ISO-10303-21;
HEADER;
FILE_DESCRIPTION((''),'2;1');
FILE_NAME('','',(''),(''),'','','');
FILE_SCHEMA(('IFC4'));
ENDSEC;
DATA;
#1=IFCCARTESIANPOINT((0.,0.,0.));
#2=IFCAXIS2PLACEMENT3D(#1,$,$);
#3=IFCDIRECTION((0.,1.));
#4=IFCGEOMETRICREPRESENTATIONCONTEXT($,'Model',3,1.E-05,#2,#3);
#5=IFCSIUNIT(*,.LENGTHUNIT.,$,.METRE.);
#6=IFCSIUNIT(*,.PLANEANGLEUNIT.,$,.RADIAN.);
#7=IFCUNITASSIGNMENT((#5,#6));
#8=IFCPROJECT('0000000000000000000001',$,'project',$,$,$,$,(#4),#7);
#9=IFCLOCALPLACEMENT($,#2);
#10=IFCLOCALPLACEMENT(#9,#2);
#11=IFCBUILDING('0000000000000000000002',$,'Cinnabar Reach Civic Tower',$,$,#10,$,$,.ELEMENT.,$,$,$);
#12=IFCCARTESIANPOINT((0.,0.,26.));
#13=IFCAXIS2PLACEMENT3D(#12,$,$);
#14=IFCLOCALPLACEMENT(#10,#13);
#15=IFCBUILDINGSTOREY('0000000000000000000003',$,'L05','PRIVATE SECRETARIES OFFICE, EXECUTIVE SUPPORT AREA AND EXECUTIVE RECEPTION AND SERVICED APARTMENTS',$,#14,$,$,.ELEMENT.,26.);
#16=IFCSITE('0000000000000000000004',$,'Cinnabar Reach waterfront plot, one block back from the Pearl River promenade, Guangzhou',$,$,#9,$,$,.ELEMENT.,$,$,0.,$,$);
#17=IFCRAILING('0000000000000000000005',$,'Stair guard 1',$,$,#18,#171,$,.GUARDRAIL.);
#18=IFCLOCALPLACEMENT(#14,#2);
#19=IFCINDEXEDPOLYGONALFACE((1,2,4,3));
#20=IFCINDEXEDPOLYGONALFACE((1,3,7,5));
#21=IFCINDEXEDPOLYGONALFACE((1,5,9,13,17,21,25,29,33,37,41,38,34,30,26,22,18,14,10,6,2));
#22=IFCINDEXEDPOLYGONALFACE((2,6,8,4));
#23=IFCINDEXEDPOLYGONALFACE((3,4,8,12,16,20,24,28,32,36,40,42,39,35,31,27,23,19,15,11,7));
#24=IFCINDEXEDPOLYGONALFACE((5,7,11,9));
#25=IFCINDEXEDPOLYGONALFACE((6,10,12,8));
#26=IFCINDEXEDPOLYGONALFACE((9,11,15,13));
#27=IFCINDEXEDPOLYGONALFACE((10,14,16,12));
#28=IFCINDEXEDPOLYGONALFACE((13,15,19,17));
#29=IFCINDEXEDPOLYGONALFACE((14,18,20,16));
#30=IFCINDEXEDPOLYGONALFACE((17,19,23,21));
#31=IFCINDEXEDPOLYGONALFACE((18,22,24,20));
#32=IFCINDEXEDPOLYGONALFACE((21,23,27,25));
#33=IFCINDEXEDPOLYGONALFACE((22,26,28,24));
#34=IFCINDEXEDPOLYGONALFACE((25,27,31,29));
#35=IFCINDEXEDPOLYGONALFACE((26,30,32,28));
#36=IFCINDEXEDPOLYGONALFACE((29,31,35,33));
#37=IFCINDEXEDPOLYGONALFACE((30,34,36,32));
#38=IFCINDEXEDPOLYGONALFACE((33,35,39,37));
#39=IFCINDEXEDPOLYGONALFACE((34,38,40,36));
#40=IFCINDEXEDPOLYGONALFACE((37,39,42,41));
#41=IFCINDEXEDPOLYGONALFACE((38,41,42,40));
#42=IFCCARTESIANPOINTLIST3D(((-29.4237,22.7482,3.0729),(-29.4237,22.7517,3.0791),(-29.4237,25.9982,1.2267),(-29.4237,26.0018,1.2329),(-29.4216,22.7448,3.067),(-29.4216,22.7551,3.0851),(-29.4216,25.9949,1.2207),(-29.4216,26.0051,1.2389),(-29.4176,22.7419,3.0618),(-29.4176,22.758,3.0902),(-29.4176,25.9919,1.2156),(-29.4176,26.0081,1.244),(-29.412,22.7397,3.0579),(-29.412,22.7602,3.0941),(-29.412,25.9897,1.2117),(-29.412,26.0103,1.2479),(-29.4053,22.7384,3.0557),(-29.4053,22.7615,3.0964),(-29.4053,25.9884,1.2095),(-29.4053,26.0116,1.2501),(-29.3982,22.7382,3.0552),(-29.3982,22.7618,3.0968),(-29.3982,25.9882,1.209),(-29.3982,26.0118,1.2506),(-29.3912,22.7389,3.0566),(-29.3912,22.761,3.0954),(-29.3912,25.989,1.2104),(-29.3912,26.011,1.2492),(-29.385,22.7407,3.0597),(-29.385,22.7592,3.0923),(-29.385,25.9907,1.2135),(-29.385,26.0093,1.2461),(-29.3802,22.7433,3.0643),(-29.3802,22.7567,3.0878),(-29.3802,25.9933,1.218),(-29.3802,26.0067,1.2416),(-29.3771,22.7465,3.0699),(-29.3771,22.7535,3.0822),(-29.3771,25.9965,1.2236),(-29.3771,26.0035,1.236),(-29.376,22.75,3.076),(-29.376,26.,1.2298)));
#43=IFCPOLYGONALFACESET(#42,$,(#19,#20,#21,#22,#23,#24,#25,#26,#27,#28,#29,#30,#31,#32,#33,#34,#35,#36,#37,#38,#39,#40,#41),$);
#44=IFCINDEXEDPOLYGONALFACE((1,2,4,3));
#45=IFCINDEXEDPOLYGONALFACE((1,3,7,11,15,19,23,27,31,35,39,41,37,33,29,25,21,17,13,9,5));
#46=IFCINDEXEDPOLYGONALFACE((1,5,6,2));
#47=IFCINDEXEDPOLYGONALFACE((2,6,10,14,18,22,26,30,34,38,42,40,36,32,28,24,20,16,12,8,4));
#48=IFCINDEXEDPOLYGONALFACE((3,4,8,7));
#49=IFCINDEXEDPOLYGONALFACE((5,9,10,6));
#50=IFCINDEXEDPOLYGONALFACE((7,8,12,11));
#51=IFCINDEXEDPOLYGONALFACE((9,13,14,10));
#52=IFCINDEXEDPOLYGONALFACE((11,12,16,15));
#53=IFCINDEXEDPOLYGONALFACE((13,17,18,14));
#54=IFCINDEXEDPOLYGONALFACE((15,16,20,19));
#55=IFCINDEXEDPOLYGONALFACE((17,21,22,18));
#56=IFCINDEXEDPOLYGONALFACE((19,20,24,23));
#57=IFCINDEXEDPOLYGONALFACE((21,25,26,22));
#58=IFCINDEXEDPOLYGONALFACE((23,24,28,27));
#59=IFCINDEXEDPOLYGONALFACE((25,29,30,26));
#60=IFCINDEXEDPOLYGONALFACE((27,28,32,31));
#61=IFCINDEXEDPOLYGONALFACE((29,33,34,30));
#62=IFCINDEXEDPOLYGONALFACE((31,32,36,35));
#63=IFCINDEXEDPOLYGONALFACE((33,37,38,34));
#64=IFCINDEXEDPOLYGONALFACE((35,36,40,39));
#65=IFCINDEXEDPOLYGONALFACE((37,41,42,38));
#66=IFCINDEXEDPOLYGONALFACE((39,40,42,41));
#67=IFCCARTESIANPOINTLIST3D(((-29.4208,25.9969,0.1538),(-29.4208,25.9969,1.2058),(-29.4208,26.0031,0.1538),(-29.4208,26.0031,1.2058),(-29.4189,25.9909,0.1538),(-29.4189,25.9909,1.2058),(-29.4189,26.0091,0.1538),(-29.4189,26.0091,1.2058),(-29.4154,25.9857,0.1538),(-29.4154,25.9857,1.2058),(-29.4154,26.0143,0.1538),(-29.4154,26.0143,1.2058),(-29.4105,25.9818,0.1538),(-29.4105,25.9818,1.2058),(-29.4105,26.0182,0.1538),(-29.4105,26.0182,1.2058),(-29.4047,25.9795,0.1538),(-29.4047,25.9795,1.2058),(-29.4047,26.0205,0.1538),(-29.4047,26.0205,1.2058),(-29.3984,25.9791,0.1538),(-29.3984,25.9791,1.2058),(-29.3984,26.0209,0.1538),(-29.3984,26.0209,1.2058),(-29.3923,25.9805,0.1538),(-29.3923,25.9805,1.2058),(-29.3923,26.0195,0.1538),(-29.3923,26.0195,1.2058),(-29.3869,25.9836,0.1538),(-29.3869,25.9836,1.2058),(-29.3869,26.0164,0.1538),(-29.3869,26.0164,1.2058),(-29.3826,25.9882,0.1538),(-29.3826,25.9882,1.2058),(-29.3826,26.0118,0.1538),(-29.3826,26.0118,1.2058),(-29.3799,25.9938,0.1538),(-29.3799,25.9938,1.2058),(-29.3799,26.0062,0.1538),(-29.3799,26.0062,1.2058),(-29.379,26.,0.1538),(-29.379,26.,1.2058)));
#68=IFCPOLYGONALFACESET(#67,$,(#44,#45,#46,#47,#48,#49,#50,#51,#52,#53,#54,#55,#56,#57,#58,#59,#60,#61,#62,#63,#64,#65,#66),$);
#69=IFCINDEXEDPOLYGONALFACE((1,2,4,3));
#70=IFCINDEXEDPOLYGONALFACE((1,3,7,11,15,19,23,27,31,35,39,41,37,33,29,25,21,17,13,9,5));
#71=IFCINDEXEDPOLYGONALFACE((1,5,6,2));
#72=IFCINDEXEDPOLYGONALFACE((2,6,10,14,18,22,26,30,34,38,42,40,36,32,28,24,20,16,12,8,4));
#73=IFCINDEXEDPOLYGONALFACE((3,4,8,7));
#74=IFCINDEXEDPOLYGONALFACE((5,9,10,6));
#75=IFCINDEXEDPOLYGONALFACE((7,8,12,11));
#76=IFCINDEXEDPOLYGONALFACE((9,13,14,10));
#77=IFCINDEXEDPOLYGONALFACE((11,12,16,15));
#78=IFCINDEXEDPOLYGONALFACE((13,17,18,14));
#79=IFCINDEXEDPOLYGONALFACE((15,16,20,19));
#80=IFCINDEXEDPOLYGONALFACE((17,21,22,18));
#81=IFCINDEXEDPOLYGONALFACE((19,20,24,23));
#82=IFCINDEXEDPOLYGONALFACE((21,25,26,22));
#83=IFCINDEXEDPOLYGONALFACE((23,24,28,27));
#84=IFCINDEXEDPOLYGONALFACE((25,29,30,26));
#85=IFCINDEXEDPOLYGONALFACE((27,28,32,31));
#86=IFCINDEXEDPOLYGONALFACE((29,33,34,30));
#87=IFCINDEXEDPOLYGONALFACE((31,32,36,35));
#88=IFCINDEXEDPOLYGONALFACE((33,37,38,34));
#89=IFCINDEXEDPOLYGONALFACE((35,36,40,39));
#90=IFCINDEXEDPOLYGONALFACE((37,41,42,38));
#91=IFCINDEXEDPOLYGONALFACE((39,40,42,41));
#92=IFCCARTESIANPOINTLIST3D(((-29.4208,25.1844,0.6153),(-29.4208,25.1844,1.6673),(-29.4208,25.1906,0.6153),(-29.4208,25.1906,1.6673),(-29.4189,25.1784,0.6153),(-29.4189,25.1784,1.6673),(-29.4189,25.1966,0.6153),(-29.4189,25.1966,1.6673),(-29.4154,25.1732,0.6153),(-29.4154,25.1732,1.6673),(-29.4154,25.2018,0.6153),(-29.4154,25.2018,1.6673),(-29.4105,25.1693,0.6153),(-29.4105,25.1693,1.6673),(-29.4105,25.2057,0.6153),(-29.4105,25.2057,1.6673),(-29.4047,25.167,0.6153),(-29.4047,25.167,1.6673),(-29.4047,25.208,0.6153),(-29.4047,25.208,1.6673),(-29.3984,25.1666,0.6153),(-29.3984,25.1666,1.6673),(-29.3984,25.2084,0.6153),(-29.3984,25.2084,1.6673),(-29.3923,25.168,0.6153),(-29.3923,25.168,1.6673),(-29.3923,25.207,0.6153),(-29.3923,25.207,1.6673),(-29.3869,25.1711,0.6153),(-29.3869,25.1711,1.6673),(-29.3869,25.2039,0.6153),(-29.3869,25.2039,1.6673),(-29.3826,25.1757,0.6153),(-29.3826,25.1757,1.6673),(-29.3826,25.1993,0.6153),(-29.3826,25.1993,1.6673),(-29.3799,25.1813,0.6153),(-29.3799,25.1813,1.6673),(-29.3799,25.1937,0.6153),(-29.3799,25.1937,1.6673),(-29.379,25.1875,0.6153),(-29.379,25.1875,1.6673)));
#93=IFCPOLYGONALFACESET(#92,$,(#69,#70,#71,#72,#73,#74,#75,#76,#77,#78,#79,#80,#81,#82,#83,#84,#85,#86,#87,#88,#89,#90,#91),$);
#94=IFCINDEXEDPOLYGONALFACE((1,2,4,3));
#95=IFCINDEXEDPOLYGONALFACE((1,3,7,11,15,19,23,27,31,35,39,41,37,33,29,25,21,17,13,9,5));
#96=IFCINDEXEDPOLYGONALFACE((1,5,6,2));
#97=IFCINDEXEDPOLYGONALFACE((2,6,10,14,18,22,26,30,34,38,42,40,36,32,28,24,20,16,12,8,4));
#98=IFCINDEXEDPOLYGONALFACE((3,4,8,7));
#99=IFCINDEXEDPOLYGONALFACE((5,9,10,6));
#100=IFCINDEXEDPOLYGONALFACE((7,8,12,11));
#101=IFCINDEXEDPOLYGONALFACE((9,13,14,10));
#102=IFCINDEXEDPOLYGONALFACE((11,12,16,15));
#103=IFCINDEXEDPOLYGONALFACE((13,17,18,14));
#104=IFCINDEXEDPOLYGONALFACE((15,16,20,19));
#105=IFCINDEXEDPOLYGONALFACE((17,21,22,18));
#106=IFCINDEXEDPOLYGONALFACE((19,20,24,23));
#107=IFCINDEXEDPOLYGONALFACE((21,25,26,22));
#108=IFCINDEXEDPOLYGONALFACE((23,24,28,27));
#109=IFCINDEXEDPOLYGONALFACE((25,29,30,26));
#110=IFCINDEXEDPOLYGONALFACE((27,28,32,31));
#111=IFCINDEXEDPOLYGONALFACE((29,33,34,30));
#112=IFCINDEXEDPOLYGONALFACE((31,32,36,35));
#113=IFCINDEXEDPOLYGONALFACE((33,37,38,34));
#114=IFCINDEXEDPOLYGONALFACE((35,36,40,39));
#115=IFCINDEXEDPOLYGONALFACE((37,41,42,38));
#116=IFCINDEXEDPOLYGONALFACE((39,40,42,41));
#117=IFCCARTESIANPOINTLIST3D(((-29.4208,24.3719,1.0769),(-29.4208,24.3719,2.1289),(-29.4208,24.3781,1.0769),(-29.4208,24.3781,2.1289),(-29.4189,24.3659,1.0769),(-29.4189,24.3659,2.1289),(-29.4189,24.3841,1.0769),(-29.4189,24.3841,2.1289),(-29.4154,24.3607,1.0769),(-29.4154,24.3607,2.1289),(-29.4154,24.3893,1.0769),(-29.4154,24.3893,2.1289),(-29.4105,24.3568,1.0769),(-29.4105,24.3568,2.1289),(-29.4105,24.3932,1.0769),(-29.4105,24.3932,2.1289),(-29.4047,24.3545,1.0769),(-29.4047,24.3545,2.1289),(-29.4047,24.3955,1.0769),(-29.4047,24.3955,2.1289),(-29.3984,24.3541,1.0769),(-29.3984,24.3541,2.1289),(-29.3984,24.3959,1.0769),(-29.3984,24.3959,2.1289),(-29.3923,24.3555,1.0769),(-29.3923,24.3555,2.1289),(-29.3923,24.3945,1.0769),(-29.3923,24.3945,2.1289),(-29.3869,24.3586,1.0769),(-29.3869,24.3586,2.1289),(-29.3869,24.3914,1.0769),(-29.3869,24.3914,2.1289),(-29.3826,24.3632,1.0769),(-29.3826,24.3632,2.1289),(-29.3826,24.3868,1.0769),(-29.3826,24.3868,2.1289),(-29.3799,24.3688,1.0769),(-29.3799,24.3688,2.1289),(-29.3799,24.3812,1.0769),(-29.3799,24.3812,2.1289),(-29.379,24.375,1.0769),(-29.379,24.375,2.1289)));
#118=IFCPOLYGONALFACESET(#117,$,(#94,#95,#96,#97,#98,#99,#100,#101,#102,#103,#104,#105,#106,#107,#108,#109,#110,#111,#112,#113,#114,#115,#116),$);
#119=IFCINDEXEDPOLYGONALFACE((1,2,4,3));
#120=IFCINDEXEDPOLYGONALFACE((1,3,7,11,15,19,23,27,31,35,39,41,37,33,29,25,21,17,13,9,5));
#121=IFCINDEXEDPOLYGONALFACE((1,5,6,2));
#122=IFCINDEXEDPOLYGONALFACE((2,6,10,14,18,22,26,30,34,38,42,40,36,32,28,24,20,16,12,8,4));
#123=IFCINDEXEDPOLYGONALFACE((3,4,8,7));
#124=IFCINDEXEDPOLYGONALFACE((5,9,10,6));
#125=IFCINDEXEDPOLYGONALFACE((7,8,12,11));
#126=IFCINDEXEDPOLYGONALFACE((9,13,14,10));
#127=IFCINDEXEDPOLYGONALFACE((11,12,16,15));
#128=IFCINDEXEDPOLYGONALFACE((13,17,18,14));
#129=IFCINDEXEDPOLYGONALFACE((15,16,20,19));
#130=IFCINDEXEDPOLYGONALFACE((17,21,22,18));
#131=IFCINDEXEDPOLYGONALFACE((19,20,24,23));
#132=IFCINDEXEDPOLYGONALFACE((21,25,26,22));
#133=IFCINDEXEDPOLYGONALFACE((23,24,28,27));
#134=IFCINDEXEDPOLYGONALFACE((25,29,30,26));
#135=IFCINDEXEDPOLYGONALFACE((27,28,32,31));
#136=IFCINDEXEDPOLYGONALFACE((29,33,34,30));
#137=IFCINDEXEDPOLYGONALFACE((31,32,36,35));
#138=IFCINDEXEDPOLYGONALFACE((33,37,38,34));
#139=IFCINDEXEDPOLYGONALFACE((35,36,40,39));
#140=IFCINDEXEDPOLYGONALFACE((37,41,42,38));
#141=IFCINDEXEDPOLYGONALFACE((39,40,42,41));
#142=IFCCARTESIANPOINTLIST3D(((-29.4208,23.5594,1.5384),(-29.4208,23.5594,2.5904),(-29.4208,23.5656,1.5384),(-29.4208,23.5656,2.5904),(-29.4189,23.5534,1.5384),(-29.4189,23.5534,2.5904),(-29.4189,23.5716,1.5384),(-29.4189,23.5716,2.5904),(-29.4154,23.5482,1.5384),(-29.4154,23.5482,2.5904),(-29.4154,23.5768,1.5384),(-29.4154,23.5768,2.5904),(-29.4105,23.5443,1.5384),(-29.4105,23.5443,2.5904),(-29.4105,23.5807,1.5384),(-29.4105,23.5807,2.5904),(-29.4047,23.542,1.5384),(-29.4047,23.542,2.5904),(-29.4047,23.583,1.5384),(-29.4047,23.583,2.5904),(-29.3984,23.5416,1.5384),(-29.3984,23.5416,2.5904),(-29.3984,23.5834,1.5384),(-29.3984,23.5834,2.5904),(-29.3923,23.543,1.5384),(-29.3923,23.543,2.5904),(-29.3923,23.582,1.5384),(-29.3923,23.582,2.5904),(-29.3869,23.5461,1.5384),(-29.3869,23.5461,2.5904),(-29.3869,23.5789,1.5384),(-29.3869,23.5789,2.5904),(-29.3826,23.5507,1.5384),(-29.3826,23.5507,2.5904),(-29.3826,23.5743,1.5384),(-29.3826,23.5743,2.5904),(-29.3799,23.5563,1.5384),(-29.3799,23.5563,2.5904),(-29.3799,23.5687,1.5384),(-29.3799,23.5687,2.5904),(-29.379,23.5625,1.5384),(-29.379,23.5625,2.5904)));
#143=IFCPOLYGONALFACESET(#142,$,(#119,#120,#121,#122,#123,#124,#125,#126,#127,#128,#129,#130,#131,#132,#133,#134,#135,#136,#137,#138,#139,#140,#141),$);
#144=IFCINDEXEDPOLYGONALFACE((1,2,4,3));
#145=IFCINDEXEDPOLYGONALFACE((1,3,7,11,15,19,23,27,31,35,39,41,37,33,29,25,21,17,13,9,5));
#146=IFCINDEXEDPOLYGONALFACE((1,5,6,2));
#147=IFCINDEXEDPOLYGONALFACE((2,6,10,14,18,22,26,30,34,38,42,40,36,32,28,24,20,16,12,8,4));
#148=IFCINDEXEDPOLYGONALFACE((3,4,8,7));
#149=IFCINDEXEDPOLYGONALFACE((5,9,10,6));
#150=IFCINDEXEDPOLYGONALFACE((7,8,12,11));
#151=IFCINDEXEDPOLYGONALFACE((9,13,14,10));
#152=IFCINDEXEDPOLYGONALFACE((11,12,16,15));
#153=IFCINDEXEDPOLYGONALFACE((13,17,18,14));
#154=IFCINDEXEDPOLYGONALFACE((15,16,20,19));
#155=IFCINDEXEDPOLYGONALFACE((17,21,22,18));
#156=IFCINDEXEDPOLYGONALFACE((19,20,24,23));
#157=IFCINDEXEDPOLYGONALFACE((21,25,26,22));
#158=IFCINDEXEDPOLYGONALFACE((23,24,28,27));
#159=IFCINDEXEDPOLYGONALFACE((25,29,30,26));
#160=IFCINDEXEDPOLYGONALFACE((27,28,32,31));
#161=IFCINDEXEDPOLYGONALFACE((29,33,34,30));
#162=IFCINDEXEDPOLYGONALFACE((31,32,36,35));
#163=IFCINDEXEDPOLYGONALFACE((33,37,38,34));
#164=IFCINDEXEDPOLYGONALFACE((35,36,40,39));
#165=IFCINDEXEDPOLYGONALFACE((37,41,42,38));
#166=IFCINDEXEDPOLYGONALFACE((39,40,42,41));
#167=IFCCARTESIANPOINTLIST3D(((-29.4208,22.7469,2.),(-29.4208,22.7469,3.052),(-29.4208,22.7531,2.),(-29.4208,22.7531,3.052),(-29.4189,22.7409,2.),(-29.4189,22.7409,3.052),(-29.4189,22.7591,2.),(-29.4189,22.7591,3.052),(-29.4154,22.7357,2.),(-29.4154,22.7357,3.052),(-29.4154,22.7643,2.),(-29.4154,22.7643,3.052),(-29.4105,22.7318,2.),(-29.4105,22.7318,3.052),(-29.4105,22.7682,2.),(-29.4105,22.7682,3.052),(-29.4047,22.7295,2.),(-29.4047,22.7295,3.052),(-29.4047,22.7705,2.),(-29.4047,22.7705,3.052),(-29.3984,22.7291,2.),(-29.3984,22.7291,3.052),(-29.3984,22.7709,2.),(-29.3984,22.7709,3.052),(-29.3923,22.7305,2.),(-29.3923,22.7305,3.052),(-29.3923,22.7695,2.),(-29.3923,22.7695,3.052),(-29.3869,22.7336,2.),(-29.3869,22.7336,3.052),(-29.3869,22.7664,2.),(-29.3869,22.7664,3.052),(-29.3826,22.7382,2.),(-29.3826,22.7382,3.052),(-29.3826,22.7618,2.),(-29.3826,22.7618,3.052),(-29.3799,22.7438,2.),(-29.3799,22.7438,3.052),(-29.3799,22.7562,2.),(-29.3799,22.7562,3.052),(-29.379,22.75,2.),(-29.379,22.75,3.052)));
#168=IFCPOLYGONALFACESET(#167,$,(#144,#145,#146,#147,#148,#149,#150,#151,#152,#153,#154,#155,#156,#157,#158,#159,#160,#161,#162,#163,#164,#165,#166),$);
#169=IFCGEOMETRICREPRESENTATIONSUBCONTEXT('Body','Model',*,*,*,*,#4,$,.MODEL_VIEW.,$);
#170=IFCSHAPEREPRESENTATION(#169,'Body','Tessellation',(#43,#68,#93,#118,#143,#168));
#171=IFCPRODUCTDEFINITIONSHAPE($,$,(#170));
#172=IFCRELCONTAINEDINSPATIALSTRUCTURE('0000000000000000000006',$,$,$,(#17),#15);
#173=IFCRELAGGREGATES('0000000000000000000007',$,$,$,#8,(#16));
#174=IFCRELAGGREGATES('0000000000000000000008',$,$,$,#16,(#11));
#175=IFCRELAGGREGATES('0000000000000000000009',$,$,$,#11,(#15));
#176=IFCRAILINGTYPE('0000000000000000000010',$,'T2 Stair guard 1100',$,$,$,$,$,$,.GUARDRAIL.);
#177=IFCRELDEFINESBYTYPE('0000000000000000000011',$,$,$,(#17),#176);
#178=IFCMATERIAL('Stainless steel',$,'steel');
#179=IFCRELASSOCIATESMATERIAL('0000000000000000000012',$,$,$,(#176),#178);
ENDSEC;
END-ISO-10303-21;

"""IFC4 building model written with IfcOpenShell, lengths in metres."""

from ifc_helpers import new_model, si_unit, direction, frame, origin, origin_2d, place, context, subcontext, project, spatial, circle, extrude, material, type_object, element, save


model = new_model("IFC4")

# Units and contexts
model_context = context("Model", 3, precision=1e-05, world=origin(), true_north=direction((0.0, 1.0)))
body_context = subcontext(model_context, "Body", "Model", "MODEL_VIEW")
ifc_project = project(units=[si_unit("LENGTHUNIT", "METRE"), si_unit("PLANEANGLEUNIT", "RADIAN")], contexts=[model_context])

# Site, building, storey
site_placement = place(None, origin())
site = spatial("IfcSite", under=ifc_project, at=site_placement, Name="Cinnabar Reach waterfront plot, one block back from the Pearl River promenade, Guangzhou", CompositionType="ELEMENT", RefElevation=0.0)
building_placement = place(site_placement, origin())
building = spatial("IfcBuilding", under=site, at=building_placement, Name="Cinnabar Reach Civic Tower", CompositionType="ELEMENT")
storey_placement = place(building_placement, frame((0.0, 0.0, 26.0)))
storey = spatial("IfcBuildingStorey", under=building, at=storey_placement, Name="L05", Description="PRIVATE SECRETARIES OFFICE, EXECUTIVE SUPPORT AREA AND EXECUTIVE RECEPTION AND SERVICED APARTMENTS", CompositionType="ELEMENT", Elevation=26.0)

# Railing
ifc_material_1 = material(Name="Stainless steel", Category="steel")
railing_type = type_object("IfcRailingType", Name="T2 Stair guard 1100", PredefinedType="GUARDRAIL", material=ifc_material_1)
railing_placement = place(storey_placement, frame((-29.4, 26.0, 0.1538)))
element("IfcRailing", 1, at=railing_placement, inside=storey, type_object=railing_type, Name="Stair guard 1", PredefinedType="GUARDRAIL", context=body_context, shape_type="SweptSolid", body=[
    extrude(circle(Radius=0.024, at=origin_2d()), frame((0.0, 0.0, 1.076), z_axis=(0.0, -0.869501, 0.49393), x_axis=(1.0, 0.0, 0.0)), (0.0, 0.0, 1.0), 3.7378),
    extrude(circle(Radius=0.021, at=origin_2d()), origin(), (0.0, 0.0, 1.0), 1.052),
    extrude(circle(Radius=0.021, at=origin_2d()), frame((0.0, -0.8125, 0.4615)), (0.0, 0.0, 1.0), 1.052),
    extrude(circle(Radius=0.021, at=origin_2d()), frame((0.0, -1.625, 0.9231)), (0.0, 0.0, 1.0), 1.052),
    extrude(circle(Radius=0.021, at=origin_2d()), frame((0.0, -2.4375, 1.3846)), (0.0, 0.0, 1.0), 1.052),
    extrude(circle(Radius=0.021, at=origin_2d()), frame((0.0, -3.25, 1.8462)), (0.0, 0.0, 1.0), 1.052),
])

save(model, "model.ifc")
